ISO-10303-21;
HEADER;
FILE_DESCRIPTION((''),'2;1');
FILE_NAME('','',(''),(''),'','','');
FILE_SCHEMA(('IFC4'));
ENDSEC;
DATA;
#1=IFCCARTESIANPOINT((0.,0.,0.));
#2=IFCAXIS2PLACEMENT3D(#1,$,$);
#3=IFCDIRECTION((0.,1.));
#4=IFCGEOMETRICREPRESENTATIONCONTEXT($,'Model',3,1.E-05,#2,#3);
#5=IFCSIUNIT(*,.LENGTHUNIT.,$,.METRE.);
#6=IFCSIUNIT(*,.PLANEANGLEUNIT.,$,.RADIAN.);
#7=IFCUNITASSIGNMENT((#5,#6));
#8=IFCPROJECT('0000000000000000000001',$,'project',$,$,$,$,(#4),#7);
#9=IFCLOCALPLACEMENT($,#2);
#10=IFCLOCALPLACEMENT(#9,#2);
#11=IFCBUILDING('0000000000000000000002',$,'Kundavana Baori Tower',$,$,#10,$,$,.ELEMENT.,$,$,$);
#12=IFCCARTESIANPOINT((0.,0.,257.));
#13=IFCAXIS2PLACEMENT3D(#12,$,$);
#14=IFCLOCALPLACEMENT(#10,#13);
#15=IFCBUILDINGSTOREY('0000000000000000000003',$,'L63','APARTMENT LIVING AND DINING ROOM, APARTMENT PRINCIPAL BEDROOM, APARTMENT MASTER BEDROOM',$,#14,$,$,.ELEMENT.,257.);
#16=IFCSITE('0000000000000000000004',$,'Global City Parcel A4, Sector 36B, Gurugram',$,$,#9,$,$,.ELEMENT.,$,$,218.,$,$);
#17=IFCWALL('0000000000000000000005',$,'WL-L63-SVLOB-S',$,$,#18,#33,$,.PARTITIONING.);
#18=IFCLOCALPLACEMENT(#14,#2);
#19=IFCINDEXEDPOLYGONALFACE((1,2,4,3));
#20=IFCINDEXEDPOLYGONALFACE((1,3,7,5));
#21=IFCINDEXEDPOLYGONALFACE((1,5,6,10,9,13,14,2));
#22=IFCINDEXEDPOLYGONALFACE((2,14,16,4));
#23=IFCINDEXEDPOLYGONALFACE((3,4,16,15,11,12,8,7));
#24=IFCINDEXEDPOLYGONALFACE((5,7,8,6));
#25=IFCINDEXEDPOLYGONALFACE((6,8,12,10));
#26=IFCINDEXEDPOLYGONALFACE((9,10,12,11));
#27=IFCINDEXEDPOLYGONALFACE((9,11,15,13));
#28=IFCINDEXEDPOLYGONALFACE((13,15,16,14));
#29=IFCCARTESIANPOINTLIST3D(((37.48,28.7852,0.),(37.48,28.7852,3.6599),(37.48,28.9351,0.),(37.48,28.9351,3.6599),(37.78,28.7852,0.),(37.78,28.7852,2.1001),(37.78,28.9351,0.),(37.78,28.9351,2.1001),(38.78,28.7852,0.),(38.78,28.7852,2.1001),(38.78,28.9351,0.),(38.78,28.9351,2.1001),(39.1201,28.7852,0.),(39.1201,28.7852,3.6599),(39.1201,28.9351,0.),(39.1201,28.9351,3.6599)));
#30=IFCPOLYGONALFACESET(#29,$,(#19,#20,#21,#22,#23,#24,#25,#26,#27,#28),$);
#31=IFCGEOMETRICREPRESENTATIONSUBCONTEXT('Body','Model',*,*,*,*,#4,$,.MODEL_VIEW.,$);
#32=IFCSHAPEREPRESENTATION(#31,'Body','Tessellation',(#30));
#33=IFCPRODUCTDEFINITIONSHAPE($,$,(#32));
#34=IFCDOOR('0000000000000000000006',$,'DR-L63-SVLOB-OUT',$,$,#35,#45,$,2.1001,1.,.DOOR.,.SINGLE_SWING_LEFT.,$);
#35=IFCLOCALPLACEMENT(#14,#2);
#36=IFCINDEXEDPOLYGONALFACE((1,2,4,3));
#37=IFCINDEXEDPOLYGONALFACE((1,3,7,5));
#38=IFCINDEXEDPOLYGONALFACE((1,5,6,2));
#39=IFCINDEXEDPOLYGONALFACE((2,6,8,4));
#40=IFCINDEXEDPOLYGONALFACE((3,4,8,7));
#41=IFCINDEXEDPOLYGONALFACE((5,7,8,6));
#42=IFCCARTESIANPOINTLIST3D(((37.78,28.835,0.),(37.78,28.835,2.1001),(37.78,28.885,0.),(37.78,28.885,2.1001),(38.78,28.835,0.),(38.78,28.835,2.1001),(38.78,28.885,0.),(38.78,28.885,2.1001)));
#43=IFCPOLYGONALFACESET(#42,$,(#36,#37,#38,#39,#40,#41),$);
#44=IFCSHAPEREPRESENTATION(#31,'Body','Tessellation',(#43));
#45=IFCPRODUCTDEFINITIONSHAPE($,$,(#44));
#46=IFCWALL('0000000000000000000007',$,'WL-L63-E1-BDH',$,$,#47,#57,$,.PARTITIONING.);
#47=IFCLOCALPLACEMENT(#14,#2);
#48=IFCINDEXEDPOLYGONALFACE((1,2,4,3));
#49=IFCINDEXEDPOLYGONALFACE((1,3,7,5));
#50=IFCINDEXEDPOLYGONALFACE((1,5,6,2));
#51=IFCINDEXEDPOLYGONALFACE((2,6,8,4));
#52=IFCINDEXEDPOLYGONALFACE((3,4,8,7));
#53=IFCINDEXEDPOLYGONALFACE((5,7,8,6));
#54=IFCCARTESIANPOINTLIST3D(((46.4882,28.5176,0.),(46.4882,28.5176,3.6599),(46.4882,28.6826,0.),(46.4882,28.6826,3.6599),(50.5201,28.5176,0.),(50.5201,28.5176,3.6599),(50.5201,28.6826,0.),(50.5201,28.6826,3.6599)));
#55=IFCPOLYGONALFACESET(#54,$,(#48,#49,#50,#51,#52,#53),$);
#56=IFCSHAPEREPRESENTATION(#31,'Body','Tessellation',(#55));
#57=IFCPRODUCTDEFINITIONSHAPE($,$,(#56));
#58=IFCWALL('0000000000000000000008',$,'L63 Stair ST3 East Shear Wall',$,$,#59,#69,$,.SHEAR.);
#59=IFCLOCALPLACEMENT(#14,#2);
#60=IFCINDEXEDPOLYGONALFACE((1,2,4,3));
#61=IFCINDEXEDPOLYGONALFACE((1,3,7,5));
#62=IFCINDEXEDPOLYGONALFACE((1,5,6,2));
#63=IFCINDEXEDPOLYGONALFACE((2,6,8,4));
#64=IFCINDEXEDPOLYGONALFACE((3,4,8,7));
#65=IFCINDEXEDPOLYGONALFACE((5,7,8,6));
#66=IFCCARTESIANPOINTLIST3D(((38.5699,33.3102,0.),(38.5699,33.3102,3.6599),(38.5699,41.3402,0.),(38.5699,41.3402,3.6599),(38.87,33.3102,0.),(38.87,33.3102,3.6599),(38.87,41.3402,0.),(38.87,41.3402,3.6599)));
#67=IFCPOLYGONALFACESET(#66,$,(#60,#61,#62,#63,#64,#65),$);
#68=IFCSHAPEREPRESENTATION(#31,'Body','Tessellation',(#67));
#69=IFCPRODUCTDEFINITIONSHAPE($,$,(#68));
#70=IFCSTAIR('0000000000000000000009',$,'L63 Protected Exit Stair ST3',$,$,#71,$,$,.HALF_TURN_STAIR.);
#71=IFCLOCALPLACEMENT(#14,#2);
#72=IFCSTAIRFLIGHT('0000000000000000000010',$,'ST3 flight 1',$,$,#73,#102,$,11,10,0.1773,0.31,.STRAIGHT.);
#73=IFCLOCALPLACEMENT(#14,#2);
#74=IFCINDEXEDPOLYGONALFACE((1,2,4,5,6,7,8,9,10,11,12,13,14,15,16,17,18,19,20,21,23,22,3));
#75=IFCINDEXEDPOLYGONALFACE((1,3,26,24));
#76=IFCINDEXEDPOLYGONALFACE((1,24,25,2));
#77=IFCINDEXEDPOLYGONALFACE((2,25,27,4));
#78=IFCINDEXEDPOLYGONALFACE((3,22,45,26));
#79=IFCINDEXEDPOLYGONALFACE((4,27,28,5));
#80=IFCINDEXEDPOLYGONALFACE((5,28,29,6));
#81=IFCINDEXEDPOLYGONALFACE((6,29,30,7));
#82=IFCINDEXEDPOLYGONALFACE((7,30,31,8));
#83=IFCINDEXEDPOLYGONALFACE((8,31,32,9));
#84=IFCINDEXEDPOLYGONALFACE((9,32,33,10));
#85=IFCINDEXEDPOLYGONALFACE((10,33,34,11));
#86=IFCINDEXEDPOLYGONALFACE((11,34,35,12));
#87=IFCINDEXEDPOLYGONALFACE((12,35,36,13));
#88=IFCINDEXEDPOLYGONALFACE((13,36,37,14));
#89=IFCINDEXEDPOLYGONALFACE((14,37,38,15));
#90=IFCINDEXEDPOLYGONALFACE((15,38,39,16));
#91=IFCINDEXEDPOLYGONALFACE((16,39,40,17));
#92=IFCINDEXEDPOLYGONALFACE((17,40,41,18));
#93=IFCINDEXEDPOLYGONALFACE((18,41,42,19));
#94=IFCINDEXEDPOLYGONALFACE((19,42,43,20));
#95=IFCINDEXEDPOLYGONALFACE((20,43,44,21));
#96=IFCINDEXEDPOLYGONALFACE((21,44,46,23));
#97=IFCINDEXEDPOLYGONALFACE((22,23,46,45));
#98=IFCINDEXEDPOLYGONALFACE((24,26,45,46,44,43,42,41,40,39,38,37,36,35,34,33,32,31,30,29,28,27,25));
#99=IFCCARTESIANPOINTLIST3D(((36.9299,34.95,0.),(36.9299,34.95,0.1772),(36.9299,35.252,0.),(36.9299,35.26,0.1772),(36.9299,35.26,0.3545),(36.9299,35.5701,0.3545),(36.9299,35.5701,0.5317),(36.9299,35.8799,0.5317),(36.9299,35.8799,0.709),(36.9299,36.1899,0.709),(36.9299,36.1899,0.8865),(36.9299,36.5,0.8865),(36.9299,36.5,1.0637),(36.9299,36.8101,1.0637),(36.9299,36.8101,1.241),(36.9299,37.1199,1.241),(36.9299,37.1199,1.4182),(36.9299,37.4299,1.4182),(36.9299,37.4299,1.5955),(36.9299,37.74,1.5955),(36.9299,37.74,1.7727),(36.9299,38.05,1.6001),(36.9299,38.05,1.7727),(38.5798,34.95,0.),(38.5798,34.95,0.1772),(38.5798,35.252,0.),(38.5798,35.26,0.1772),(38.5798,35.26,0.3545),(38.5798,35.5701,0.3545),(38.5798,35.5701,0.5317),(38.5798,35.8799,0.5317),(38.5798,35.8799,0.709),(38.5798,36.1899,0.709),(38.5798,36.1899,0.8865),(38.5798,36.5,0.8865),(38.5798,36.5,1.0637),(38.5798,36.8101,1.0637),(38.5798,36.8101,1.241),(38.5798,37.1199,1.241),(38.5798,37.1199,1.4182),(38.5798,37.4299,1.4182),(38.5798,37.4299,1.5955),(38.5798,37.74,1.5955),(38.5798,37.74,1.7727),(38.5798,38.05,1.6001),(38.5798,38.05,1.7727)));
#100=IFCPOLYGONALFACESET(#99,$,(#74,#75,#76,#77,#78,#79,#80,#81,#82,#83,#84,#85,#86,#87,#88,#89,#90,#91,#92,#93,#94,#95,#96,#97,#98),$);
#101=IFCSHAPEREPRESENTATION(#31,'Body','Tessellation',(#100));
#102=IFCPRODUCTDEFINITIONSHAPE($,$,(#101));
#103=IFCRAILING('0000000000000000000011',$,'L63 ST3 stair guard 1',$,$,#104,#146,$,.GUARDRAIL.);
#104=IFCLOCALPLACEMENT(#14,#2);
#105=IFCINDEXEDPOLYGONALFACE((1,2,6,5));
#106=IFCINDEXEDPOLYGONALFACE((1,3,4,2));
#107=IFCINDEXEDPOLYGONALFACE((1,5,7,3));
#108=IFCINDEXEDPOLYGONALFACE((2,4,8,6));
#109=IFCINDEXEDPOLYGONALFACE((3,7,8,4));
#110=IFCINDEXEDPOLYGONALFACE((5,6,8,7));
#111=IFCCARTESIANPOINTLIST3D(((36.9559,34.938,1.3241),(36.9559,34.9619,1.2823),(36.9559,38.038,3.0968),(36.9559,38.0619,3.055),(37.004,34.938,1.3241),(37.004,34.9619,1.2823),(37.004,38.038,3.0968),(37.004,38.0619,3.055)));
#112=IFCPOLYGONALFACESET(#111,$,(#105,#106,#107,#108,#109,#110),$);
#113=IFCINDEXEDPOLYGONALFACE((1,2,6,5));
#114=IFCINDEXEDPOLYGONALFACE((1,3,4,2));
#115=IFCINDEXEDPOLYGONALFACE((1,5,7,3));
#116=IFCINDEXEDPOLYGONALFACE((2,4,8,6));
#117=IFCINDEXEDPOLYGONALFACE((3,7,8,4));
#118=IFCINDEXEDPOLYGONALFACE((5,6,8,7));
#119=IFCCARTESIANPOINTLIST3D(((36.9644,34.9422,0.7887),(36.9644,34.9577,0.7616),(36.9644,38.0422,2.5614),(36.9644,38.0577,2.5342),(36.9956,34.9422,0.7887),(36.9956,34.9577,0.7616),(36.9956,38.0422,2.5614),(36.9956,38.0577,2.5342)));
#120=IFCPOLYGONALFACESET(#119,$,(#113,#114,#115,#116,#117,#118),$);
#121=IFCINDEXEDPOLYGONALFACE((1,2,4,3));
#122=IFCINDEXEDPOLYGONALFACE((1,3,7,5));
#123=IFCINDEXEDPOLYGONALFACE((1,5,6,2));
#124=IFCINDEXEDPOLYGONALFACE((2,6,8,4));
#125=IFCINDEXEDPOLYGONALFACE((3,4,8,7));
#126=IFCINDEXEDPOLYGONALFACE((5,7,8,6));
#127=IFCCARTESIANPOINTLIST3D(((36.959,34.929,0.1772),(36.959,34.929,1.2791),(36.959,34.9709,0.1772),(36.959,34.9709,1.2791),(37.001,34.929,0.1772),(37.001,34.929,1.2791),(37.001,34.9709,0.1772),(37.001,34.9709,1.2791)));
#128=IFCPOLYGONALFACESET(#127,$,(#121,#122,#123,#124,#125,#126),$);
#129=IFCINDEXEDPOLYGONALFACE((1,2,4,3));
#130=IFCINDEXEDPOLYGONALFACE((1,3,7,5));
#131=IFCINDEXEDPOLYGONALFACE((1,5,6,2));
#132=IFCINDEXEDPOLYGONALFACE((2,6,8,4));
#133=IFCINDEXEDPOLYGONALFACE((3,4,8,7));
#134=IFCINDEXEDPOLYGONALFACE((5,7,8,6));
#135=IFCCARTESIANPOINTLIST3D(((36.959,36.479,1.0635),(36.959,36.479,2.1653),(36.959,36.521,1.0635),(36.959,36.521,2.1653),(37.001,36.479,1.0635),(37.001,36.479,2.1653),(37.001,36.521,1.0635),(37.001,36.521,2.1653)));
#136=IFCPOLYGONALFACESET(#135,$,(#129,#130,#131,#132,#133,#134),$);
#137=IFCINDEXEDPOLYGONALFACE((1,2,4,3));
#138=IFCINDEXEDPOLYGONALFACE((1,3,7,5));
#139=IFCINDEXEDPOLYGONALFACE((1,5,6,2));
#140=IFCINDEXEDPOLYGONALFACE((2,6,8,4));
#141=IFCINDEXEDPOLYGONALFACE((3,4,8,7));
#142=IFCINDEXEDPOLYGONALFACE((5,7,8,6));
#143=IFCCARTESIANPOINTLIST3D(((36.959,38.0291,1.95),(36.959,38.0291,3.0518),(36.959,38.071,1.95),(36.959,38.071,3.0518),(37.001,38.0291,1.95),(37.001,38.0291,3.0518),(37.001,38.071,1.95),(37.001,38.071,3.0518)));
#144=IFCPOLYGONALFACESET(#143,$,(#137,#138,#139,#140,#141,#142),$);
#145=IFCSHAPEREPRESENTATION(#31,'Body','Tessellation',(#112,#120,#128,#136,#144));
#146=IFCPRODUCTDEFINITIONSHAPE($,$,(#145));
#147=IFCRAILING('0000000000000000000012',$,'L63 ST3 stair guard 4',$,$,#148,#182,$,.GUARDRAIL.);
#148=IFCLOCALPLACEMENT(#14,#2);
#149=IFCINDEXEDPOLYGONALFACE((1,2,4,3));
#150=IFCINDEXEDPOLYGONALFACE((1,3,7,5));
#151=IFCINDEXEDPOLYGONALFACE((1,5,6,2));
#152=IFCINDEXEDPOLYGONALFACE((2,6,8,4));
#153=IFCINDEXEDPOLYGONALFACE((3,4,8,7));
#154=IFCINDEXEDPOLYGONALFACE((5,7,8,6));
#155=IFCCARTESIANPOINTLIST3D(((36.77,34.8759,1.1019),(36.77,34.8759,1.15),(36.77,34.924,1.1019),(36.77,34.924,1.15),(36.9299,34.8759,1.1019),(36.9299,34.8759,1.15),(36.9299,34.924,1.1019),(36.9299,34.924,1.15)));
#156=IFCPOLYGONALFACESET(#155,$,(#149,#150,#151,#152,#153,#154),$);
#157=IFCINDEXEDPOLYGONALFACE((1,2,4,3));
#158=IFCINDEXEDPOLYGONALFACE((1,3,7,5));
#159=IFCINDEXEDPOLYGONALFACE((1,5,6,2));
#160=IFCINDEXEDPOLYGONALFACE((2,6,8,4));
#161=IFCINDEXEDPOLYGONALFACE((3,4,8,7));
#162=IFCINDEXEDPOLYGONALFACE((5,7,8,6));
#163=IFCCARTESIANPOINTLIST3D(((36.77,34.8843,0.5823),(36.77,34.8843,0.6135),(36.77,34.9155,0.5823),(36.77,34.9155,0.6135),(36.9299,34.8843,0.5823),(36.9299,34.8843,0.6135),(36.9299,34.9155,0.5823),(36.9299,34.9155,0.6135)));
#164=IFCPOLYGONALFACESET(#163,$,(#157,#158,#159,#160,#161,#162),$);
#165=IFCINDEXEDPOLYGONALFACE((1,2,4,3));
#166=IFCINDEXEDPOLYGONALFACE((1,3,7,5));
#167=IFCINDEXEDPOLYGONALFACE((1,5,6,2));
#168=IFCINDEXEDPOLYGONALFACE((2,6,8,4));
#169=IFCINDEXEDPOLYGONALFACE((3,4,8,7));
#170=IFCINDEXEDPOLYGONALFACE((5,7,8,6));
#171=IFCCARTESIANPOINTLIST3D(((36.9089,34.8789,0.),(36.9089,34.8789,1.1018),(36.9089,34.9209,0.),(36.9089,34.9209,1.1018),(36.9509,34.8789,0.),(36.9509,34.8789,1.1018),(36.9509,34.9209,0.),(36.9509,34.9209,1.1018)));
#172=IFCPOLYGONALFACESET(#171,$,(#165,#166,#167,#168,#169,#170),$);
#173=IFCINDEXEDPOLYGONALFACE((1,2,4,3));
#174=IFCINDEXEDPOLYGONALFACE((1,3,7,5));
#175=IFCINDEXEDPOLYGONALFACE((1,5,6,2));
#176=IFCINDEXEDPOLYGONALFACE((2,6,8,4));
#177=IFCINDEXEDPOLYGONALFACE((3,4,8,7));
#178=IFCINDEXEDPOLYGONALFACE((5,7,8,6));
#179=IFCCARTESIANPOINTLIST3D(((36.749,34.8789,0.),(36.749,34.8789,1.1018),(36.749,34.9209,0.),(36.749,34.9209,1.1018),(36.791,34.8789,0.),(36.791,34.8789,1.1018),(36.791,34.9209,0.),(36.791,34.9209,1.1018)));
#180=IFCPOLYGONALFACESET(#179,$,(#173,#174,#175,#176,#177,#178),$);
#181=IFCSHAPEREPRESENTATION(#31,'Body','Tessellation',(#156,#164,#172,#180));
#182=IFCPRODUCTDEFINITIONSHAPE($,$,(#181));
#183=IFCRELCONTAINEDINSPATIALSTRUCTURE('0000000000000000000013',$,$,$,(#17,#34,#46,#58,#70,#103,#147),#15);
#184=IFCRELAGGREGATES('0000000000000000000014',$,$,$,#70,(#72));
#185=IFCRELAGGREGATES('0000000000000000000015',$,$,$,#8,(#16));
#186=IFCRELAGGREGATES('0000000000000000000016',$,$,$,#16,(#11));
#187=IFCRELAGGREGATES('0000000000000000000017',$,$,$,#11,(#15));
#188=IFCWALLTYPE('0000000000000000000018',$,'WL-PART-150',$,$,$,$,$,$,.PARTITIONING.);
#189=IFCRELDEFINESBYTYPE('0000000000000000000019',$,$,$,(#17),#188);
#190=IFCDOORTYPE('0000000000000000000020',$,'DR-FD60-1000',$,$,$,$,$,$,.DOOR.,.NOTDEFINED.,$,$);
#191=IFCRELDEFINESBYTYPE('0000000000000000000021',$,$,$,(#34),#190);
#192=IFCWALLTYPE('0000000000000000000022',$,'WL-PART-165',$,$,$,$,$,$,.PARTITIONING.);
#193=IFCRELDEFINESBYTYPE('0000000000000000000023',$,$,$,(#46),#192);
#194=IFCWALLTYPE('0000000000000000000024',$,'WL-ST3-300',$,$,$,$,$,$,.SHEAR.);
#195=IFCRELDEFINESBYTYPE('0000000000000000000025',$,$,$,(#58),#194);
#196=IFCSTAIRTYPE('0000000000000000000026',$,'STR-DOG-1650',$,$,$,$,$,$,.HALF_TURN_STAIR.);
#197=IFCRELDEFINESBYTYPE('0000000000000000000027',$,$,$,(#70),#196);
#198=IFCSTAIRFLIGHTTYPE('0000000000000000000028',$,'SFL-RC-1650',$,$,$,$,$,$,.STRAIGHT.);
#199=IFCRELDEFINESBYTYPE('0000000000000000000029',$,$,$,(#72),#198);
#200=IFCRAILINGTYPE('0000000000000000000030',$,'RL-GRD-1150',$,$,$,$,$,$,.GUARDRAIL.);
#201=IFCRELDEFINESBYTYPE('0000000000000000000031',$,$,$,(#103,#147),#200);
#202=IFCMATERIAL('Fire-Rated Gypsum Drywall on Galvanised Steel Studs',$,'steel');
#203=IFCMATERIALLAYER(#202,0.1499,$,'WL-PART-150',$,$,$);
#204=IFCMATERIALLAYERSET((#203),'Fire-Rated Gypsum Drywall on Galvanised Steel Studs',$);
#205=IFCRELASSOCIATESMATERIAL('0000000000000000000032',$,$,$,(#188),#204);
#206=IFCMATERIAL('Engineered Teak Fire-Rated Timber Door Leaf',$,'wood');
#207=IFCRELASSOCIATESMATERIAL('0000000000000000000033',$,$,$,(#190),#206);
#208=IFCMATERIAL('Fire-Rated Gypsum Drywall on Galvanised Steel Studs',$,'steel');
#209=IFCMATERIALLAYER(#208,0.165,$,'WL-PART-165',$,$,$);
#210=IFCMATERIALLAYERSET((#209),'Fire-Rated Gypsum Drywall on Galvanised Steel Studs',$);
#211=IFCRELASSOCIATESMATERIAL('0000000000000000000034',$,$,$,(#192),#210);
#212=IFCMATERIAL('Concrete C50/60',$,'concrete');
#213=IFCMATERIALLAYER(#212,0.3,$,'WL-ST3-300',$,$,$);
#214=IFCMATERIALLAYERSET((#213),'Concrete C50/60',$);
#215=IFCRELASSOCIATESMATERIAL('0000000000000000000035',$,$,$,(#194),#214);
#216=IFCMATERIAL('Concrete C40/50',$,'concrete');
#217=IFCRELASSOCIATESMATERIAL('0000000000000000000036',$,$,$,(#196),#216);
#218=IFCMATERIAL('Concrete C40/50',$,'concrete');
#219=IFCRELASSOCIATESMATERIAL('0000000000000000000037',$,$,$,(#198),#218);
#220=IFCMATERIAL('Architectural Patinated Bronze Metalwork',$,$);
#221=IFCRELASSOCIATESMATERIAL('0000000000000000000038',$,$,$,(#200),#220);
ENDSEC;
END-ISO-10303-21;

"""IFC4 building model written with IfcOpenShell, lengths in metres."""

from ifc_helpers import new_model, si_unit, direction, frame, frame_2d, origin, origin_2d, place, context, subcontext, project, spatial, polyline, rectangle, outline, extrude, material, layer, layer_set, type_object, element, fill, aggregate, save


model = new_model("IFC4")

# Units and contexts
model_context = context("Model", 3, precision=1e-05, world=origin(), true_north=direction((0.0, 1.0)))
body_context = subcontext(model_context, "Body", "Model", "MODEL_VIEW")
ifc_project = project(units=[si_unit("LENGTHUNIT", "METRE"), si_unit("PLANEANGLEUNIT", "RADIAN")], contexts=[model_context])

# Site, building, storey
site_placement = place(None, origin())
site = spatial("IfcSite", under=ifc_project, at=site_placement, Name="Global City Parcel A4, Sector 36B, Gurugram", CompositionType="ELEMENT", RefElevation=218.0)
building_placement = place(site_placement, origin())
building = spatial("IfcBuilding", under=site, at=building_placement, Name="Kundavana Baori Tower", CompositionType="ELEMENT")
storey_placement = place(building_placement, frame((0.0, 0.0, 257.0)))
storey = spatial("IfcBuildingStorey", under=building, at=storey_placement, Name="L63", Description="APARTMENT LIVING AND DINING ROOM, APARTMENT PRINCIPAL BEDROOM, APARTMENT MASTER BEDROOM", CompositionType="ELEMENT", Elevation=257.0)

# Shared definitions
ifc_material_1 = material(Name="Fire-Rated Gypsum Drywall on Galvanised Steel Studs", Category="steel")
ifc_layer_1 = layer(ifc_material_1, 0.1499, Name="WL-PART-150")
ifc_layer_set_1 = layer_set([ifc_layer_1], Name="Fire-Rated Gypsum Drywall on Galvanised Steel Studs")
wall_type_1 = type_object("IfcWallType", Name="WL-PART-150", PredefinedType="PARTITIONING", material=ifc_layer_set_1)

# Wall, opening, door
wall_1_placement = place(storey_placement, frame((37.48, 28.8601, 0.0), z_axis=(0.0, 0.0, 1.0), x_axis=(1.0, 0.0, 0.0)))
wall_1 = element("IfcWall", 1, at=wall_1_placement, inside=storey, type_object=wall_type_1, Name="WL-L63-SVLOB-S", PredefinedType="PARTITIONING", context=body_context, shape_type="SweptSolid", body=[
    extrude(rectangle(XDim=1.6401, YDim=0.1499, at=frame_2d((0.8201, 0.0))), origin(), (0.0, 0.0, 1.0), 3.6599),
])
opening_1_placement = place(wall_1_placement, frame((0.3, 0.0, 0.0)))
opening_1 = element("IfcOpeningElement", 2, at=opening_1_placement, cuts=wall_1, PredefinedType="OPENING", context=body_context, shape_type="SweptSolid", body=[
    extrude(rectangle(XDim=1.0, YDim=2.1001, at=frame_2d((0.5, 1.05))), frame((0.0, 0.085, 0.0), z_axis=(0.0, -1.0, 0.0), x_axis=(1.0, 0.0, 0.0)), (0.0, 0.0, 1.0), 0.1699),
])
ifc_material_2 = material(Name="Engineered Teak Fire-Rated Timber Door Leaf", Category="wood")
door_type_1 = type_object("IfcDoorType", Name="DR-FD60-1000", OperationType="NOTDEFINED", PredefinedType="DOOR", material=ifc_material_2)
door_1_placement = place(opening_1_placement, origin())
door_1 = element("IfcDoor", 3, at=door_1_placement, inside=storey, type_object=door_type_1, Name="DR-L63-SVLOB-OUT", OperationType="SINGLE_SWING_LEFT", OverallHeight=2.1001, OverallWidth=1.0, PredefinedType="DOOR", context=body_context, shape_type="SweptSolid", body=[
    extrude(rectangle(XDim=1.0, YDim=2.1001, at=frame_2d((0.5, 1.05))), frame((0.0, 0.0249, 0.0), z_axis=(0.0, -1.0, 0.0), x_axis=(1.0, 0.0, 0.0)), (0.0, 0.0, 1.0), 0.05),
])
fill(opening_1, door_1)

# Wall
ifc_material_3 = material(Name="Fire-Rated Gypsum Drywall on Galvanised Steel Studs", Category="steel")
ifc_layer_2 = layer(ifc_material_3, 0.165, Name="WL-PART-165")
ifc_layer_set_2 = layer_set([ifc_layer_2], Name="Fire-Rated Gypsum Drywall on Galvanised Steel Studs")
wall_type_2 = type_object("IfcWallType", Name="WL-PART-165", PredefinedType="PARTITIONING", material=ifc_layer_set_2)
wall_2_placement = place(storey_placement, frame((46.488, 28.6001, 0.0), z_axis=(0.0, 0.0, 1.0), x_axis=(1.0, 0.0, 0.0)))
element("IfcWall", 4, at=wall_2_placement, inside=storey, type_object=wall_type_2, Name="WL-L63-E1-BDH", PredefinedType="PARTITIONING", context=body_context, shape_type="SweptSolid", body=[
    extrude(rectangle(XDim=4.032, YDim=0.165, at=frame_2d((2.0161, 0.0))), origin(), (0.0, 0.0, 1.0), 3.6599),
])

# Wall
ifc_material_4 = material(Name="Concrete C50/60", Category="concrete")
ifc_layer_3 = layer(ifc_material_4, 0.3, Name="WL-ST3-300")
ifc_layer_set_3 = layer_set([ifc_layer_3], Name="Concrete C50/60")
wall_type_3 = type_object("IfcWallType", Name="WL-ST3-300", PredefinedType="SHEAR", material=ifc_layer_set_3)
wall_3_placement = place(storey_placement, frame((38.72, 33.3101, 0.0), z_axis=(0.0, 0.0, 1.0), x_axis=(0.0, 1.0, 0.0)))
element("IfcWall", 5, at=wall_3_placement, inside=storey, type_object=wall_type_3, Name="L63 Stair ST3 East Shear Wall", PredefinedType="SHEAR", context=body_context, shape_type="SweptSolid", body=[
    extrude(rectangle(XDim=8.03, YDim=0.3, at=frame_2d((4.0151, 0.0))), origin(), (0.0, 0.0, 1.0), 3.6599),
])

# Stair, stair flight
ifc_material_5 = material(Name="Concrete C40/50", Category="concrete")
stair_type = type_object("IfcStairType", Name="STR-DOG-1650", PredefinedType="HALF_TURN_STAIR", material=ifc_material_5)
stair_placement = place(storey_placement, origin())
stair = element("IfcStair", 6, at=stair_placement, inside=storey, type_object=stair_type, Name="L63 Protected Exit Stair ST3", PredefinedType="HALF_TURN_STAIR")
ifc_material_6 = material(Name="Concrete C40/50", Category="concrete")
stair_flight_type = type_object("IfcStairFlightType", Name="SFL-RC-1650", PredefinedType="STRAIGHT", material=ifc_material_6)
stair_flight_placement = place(storey_placement, frame((37.7549, 34.95, 0.0), z_axis=(0.0, 0.0, 1.0), x_axis=(0.0, 1.0, 0.0)))
stair_flight = element("IfcStairFlight", 7, at=stair_flight_placement, type_object=stair_flight_type, Name="ST3 flight 1", NumberOfRisers=11, NumberOfTreads=10, PredefinedType="STRAIGHT", RiserHeight=0.1773, TreadLength=0.31, context=body_context, shape_type="SweptSolid", body=[
    extrude(outline(polyline([(0.0, 0.0), (0.0, 0.1772), (0.3101, 0.1772), (0.3101, 0.3545), (0.6201, 0.3545), (0.6201, 0.5317), (0.9299, 0.5317), (0.9299, 0.709), (1.24, 0.709), (1.24, 0.8865), (1.55, 0.8865), (1.55, 1.0637), (1.8601, 1.0637), (1.8601, 1.241), (2.1699, 1.241), (2.1699, 1.4182), (2.48, 1.4182), (2.48, 1.5955), (2.79, 1.5955), (2.79, 1.7727), (3.1001, 1.7727), (3.1001, 1.95), (3.1001, 1.6001), (0.302, 0.0), (0.0, 0.0)])), frame((0.0, 0.825, 0.0), z_axis=(0.0, -1.0, 0.0), x_axis=(1.0, 0.0, 0.0)), (0.0, 0.0, 1.0), 1.6499),
])
aggregate(stair, [stair_flight])

# Railings
ifc_material_7 = material(Name="Architectural Patinated Bronze Metalwork")
railing_type_1 = type_object("IfcRailingType", Name="RL-GRD-1150", PredefinedType="GUARDRAIL", material=ifc_material_7)
railing_1_placement = place(storey_placement, frame((36.98, 34.95, 0.1772)))
element("IfcRailing", 8, at=railing_1_placement, inside=storey, type_object=railing_type_1, Name="L63 ST3 stair guard 1", PredefinedType="GUARDRAIL", context=body_context, shape_type="SweptSolid", body=[
    extrude(rectangle(XDim=0.0481, YDim=0.0481, at=origin_2d()), frame((0.0, 0.0, 1.126), z_axis=(0.0, 0.868096, 0.496397), x_axis=(-1.0, 0.0, 0.0)), (0.0, 0.0, 1.0), 3.571),
    extrude(rectangle(XDim=0.0312, YDim=0.0312, at=origin_2d()), frame((0.0, 0.0, 0.5979), z_axis=(0.0, 0.868096, 0.496397), x_axis=(-1.0, 0.0, 0.0)), (0.0, 0.0, 1.0), 3.571),
    extrude(rectangle(XDim=0.042, YDim=0.042, at=origin_2d()), origin(), (0.0, 0.0, 1.0), 1.1018),
    extrude(rectangle(XDim=0.042, YDim=0.042, at=origin_2d()), frame((0.0, 1.55, 0.8862)), (0.0, 0.0, 1.0), 1.1018),
    extrude(rectangle(XDim=0.042, YDim=0.042, at=origin_2d()), frame((0.0, 3.1001, 1.7727)), (0.0, 0.0, 1.0), 1.1018),
])
railing_2_placement = place(storey_placement, frame((36.9299, 34.8999, 0.0)))
element("IfcRailing", 9, at=railing_2_placement, inside=storey, type_object=railing_type_1, Name="L63 ST3 stair guard 4", PredefinedType="GUARDRAIL", context=body_context, shape_type="SweptSolid", body=[
    extrude(rectangle(XDim=0.0481, YDim=0.0481, at=origin_2d()), frame((0.0, 0.0, 1.126), z_axis=(-1.0, 0.0, 0.0), x_axis=(0.0, -1.0, 0.0)), (0.0, 0.0, 1.0), 0.1599),
    extrude(rectangle(XDim=0.0312, YDim=0.0312, at=origin_2d()), frame((0.0, 0.0, 0.5979), z_axis=(-1.0, 0.0, 0.0), x_axis=(0.0, -1.0, 0.0)), (0.0, 0.0, 1.0), 0.1599),
    extrude(rectangle(XDim=0.042, YDim=0.042, at=origin_2d()), origin(), (0.0, 0.0, 1.0), 1.1018),
    extrude(rectangle(XDim=0.042, YDim=0.042, at=origin_2d()), frame((-0.1599, 0.0, 0.0)), (0.0, 0.0, 1.0), 1.1018),
])

save(model, "model.ifc")
